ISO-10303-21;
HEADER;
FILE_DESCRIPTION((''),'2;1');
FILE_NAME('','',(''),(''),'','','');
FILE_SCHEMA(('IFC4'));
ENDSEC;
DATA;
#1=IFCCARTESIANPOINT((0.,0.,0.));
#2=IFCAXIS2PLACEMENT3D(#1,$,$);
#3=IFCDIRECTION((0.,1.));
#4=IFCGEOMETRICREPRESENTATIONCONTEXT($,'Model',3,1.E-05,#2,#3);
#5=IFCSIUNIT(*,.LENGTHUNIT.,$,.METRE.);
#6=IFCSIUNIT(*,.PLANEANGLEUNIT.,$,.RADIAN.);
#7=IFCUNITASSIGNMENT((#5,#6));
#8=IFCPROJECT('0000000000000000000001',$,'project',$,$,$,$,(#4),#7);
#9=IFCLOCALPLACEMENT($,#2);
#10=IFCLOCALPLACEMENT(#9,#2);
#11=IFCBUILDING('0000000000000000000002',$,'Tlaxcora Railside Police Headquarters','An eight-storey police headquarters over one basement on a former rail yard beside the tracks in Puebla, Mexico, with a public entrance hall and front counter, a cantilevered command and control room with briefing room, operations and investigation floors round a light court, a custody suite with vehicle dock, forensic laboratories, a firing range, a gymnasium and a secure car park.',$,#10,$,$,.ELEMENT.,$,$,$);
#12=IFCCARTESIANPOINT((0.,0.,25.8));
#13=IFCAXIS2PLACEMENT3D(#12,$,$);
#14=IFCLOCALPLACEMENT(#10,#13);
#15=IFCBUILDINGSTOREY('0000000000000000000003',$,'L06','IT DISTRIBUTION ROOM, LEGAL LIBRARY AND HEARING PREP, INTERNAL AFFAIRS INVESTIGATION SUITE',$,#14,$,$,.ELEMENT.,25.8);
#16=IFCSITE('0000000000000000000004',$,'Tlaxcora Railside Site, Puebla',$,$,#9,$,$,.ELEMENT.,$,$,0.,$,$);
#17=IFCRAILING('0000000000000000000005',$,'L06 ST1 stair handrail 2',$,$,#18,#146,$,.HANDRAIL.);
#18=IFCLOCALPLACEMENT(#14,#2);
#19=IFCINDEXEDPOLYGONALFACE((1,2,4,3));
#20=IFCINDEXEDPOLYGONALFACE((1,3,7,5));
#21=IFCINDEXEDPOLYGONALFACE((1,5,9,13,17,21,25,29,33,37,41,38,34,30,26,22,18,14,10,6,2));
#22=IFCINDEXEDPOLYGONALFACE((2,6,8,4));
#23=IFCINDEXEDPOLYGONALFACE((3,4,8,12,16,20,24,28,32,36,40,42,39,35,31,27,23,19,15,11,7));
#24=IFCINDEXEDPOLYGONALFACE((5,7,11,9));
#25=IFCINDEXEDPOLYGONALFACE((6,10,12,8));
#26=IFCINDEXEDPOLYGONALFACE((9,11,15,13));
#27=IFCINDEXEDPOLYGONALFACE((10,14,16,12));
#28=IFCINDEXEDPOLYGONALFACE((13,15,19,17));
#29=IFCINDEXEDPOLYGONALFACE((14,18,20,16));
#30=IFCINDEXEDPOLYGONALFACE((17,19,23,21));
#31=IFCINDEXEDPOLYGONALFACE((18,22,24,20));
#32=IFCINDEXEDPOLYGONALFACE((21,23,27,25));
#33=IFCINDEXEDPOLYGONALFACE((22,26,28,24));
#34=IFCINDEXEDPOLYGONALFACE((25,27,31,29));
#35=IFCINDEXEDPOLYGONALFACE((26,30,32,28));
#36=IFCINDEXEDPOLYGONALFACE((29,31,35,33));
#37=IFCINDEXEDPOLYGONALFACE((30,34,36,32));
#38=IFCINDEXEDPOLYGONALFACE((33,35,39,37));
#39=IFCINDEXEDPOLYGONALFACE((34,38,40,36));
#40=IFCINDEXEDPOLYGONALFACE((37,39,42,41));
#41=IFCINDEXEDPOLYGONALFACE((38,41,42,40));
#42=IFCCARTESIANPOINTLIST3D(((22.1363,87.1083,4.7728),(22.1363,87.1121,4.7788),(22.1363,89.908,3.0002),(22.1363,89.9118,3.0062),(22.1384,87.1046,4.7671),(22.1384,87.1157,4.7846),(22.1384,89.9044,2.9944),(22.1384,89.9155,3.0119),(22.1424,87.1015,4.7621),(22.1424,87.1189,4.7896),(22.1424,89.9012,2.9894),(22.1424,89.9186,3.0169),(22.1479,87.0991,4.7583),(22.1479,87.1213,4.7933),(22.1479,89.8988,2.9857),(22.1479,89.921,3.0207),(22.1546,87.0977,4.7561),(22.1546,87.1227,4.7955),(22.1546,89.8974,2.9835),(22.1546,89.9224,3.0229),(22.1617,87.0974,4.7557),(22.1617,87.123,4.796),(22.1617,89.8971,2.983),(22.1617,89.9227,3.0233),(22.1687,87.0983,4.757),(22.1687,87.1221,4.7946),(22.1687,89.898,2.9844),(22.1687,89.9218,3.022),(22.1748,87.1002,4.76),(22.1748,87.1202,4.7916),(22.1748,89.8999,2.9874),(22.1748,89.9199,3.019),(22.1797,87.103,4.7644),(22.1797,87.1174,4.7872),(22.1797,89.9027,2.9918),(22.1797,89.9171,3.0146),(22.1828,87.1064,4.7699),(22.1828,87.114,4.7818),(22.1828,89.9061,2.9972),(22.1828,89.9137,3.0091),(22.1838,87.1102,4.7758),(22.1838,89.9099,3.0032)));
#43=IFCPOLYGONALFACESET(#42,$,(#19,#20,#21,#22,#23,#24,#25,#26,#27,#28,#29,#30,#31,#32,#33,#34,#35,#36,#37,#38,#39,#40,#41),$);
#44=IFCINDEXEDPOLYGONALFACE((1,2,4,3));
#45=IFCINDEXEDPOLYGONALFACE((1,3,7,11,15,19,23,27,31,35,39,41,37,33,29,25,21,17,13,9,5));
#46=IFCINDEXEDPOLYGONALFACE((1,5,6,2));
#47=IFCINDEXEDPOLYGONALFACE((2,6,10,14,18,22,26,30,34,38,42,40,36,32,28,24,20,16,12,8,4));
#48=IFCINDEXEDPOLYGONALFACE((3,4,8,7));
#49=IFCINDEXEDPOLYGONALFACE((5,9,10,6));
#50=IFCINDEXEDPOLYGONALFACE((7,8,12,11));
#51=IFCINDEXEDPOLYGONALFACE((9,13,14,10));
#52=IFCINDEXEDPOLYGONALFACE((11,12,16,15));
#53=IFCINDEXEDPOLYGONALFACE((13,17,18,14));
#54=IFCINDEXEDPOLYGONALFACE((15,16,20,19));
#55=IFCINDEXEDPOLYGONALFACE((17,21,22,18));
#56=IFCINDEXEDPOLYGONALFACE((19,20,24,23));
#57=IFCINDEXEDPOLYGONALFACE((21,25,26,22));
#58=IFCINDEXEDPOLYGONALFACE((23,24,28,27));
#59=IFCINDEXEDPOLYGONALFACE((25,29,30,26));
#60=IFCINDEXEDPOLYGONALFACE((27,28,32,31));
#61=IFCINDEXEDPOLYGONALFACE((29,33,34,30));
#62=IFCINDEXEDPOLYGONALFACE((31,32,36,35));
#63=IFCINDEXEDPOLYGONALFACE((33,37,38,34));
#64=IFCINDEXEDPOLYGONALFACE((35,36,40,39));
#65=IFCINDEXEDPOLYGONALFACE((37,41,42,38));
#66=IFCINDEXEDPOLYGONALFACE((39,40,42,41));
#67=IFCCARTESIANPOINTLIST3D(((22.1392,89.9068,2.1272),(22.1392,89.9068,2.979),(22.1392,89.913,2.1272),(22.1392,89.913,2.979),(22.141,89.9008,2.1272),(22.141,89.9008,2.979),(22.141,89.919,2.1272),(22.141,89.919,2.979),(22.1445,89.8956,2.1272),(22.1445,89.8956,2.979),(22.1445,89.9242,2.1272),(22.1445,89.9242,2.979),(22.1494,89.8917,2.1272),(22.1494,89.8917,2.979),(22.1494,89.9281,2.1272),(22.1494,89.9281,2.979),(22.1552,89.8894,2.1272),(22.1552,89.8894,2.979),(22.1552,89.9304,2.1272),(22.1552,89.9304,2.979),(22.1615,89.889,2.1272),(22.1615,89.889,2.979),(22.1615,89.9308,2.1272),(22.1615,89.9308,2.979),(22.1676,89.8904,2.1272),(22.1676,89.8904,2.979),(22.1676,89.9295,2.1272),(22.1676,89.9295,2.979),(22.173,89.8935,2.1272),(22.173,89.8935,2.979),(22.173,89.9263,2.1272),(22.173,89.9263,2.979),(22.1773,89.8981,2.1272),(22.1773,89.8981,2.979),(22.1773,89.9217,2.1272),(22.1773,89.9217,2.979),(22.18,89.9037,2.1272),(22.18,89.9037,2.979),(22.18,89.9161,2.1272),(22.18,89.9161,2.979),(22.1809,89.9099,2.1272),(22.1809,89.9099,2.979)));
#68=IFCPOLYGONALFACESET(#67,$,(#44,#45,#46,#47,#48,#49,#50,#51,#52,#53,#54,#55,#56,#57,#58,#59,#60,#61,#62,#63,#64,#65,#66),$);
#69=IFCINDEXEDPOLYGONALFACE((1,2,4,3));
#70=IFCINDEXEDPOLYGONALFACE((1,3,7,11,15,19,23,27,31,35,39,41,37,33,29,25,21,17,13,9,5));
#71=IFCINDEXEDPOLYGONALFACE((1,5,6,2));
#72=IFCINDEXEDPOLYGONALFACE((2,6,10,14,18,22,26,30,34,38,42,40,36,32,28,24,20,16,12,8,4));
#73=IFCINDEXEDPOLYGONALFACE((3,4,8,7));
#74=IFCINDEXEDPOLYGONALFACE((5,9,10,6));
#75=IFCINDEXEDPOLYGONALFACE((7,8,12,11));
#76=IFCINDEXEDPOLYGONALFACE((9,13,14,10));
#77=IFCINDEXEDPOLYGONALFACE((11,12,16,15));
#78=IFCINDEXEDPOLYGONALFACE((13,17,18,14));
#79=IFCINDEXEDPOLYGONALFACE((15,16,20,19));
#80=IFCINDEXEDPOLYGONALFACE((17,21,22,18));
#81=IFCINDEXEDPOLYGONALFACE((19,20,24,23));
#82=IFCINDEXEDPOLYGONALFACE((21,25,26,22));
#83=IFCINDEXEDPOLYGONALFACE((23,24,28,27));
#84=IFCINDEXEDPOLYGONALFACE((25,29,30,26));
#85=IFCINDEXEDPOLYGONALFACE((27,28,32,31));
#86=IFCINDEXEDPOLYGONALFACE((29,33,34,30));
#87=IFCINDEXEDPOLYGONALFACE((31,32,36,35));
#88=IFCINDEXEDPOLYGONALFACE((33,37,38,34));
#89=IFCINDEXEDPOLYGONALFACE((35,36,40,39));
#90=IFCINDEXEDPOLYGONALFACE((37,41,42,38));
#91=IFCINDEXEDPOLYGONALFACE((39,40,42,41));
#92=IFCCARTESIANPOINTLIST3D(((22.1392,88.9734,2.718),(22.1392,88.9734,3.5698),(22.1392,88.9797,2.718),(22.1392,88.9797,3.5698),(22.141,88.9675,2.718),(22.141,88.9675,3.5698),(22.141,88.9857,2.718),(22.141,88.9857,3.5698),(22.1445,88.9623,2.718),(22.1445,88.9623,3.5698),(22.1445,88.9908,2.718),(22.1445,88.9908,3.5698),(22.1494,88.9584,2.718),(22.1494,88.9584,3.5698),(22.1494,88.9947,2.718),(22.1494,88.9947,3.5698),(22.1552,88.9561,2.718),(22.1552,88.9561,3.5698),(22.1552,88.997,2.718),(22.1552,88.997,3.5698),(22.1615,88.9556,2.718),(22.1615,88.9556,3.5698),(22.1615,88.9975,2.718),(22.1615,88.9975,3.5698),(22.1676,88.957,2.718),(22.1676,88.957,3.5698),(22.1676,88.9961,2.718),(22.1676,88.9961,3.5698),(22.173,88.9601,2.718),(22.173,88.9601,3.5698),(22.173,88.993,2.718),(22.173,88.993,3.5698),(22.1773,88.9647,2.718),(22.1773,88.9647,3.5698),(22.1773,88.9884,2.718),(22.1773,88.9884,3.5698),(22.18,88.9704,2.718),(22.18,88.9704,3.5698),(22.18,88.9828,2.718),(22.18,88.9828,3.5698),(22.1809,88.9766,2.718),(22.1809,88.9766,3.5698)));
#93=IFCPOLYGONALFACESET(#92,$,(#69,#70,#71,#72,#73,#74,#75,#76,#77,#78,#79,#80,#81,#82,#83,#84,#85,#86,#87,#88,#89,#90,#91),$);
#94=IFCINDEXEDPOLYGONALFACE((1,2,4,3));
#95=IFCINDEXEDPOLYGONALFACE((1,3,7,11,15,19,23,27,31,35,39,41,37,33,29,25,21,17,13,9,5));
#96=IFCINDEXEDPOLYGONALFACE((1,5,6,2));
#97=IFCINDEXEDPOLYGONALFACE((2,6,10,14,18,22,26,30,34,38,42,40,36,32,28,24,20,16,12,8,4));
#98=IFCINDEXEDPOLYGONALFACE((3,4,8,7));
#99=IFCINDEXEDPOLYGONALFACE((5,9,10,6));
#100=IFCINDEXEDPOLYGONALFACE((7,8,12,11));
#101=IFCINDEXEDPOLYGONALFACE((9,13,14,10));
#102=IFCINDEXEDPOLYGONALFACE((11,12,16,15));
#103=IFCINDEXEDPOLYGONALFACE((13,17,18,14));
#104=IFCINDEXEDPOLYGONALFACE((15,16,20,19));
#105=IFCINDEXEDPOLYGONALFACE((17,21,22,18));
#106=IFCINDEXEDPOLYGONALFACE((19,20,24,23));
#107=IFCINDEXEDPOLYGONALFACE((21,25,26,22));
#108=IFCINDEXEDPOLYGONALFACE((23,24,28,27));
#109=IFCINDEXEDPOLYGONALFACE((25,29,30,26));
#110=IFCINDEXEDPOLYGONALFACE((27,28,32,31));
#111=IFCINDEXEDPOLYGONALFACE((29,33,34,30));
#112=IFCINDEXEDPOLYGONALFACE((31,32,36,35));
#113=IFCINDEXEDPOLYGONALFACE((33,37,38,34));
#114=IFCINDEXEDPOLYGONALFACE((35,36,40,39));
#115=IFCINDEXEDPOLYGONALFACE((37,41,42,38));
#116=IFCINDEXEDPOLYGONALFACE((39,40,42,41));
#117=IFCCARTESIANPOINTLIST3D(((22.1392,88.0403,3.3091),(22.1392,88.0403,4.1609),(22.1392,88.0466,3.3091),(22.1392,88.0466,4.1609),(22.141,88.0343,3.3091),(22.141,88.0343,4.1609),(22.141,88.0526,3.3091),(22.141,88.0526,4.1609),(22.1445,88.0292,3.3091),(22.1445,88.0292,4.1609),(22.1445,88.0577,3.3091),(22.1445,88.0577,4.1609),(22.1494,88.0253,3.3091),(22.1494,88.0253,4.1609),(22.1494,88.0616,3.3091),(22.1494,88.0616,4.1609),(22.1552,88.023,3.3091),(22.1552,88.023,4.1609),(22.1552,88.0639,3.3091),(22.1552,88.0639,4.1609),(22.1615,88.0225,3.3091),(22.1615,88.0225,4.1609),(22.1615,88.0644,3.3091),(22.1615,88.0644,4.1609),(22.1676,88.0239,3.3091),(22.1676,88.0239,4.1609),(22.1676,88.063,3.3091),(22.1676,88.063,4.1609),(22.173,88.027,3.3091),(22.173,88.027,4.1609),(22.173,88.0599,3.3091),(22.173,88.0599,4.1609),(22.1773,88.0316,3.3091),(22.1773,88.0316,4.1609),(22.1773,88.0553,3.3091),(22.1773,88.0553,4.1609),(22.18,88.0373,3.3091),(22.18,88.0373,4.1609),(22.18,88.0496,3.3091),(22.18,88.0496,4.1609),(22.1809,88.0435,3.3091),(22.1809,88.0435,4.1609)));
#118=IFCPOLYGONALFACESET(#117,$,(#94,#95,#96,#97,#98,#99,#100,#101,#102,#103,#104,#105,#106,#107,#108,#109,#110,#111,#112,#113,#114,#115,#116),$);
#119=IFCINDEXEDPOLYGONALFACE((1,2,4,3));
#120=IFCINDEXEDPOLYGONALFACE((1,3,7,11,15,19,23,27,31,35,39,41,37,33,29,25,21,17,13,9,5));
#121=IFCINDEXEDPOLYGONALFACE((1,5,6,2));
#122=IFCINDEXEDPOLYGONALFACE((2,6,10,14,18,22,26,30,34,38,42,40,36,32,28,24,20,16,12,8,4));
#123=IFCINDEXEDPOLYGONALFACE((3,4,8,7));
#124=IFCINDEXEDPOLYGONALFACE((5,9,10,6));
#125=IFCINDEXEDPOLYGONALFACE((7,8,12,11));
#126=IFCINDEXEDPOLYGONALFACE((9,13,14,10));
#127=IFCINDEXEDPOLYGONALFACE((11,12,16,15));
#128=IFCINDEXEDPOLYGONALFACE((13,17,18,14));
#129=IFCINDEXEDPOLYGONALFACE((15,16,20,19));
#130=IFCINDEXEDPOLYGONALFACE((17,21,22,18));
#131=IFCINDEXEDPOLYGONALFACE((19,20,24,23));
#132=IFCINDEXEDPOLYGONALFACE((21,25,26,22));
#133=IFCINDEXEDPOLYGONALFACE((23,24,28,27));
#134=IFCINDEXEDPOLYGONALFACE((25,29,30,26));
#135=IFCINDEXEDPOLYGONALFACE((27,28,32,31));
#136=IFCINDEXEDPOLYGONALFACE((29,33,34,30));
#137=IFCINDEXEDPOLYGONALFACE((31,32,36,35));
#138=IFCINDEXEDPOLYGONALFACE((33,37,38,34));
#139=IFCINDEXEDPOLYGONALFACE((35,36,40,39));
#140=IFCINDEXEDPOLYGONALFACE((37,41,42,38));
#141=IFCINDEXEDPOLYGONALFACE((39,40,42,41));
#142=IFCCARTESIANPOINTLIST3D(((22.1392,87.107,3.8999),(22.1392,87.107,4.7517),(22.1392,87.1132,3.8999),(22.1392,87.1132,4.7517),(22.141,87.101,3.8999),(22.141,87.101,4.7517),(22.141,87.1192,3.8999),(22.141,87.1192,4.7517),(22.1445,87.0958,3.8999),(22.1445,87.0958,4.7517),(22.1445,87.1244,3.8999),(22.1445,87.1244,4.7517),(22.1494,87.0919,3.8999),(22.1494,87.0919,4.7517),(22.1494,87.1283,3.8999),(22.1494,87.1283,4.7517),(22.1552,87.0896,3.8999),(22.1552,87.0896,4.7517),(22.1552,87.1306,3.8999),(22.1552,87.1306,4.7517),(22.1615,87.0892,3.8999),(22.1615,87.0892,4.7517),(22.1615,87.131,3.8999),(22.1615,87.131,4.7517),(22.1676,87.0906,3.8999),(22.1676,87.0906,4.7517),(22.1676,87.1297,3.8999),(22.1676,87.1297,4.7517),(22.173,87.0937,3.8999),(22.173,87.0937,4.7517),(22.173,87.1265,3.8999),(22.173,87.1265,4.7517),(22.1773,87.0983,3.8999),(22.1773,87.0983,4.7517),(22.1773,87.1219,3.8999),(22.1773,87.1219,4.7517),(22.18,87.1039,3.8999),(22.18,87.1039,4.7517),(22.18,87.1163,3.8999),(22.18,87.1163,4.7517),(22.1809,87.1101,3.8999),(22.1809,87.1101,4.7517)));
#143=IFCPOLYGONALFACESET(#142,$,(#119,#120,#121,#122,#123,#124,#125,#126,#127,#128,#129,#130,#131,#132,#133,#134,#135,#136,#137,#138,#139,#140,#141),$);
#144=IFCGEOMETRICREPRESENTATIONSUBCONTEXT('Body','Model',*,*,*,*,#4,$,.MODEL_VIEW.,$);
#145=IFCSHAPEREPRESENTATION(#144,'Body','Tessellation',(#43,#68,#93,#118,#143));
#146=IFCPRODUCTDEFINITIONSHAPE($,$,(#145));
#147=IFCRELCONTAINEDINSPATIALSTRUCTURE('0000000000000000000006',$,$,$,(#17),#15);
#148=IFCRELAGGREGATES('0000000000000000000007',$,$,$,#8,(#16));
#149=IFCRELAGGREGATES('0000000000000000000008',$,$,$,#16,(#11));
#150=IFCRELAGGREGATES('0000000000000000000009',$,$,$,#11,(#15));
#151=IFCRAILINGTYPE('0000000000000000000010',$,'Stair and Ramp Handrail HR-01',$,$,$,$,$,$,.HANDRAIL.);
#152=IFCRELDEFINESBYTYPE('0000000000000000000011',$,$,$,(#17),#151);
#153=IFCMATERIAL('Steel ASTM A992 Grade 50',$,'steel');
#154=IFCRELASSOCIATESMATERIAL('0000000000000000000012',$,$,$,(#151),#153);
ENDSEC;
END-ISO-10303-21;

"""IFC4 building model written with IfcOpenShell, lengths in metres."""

from ifc_helpers import new_model, si_unit, direction, frame, origin, origin_2d, place, context, subcontext, project, spatial, circle, extrude, material, type_object, element, save


model = new_model("IFC4")

# Units and contexts
model_context = context("Model", 3, precision=1e-05, world=origin(), true_north=direction((0.0, 1.0)))
body_context = subcontext(model_context, "Body", "Model", "MODEL_VIEW")
ifc_project = project(units=[si_unit("LENGTHUNIT", "METRE"), si_unit("PLANEANGLEUNIT", "RADIAN")], contexts=[model_context])

# Site, building, storey
site_placement = place(None, origin())
site = spatial("IfcSite", under=ifc_project, at=site_placement, Name="Tlaxcora Railside Site, Puebla", CompositionType="ELEMENT", RefElevation=0.0)
building_placement = place(site_placement, origin())
building = spatial("IfcBuilding", under=site, at=building_placement, Name="Tlaxcora Railside Police Headquarters", Description="An eight-storey police headquarters over one basement on a former rail yard beside the tracks in Puebla, Mexico, with a public entrance hall and front counter, a cantilevered command and control room with briefing room, operations and investigation floors round a light court, a custody suite with vehicle dock, forensic laboratories, a firing range, a gymnasium and a secure car park.", CompositionType="ELEMENT")
storey_placement = place(building_placement, frame((0.0, 0.0, 25.8)))
storey = spatial("IfcBuildingStorey", under=building, at=storey_placement, Name="L06", Description="IT DISTRIBUTION ROOM, LEGAL LIBRARY AND HEARING PREP, INTERNAL AFFAIRS INVESTIGATION SUITE", CompositionType="ELEMENT", Elevation=25.8)

# Shared definitions
ifc_material_1 = material(Name="Steel ASTM A992 Grade 50", Category="steel")

# Railing
railing_type_1 = type_object("IfcRailingType", Name="Stair and Ramp Handrail HR-01", PredefinedType="HANDRAIL", material=ifc_material_1)
railing_1_placement = place(storey_placement, frame((22.1599, 89.9099, 2.1272)))
element("IfcRailing", 1, at=railing_1_placement, inside=storey, type_object=railing_type_1, Name="L06 ST1 stair handrail 2", PredefinedType="HANDRAIL", context=body_context, shape_type="SweptSolid", body=[
    extrude(circle(Radius=0.0239, at=origin_2d()), frame((0.0, 0.0, 0.876), z_axis=(0.0, -0.844888, 0.534943), x_axis=(1.0, 0.0, 0.0)), (0.0, 0.0, 1.0), 3.3137),
    extrude(circle(Radius=0.021, at=origin_2d()), origin(), (0.0, 0.0, 1.0), 0.8518),
    extrude(circle(Radius=0.021, at=origin_2d()), frame((0.0, -0.9333, 0.5908)), (0.0, 0.0, 1.0), 0.8518),
    extrude(circle(Radius=0.021, at=origin_2d()), frame((0.0, -1.8665, 1.1819)), (0.0, 0.0, 1.0), 0.8518),
    extrude(circle(Radius=0.021, at=origin_2d()), frame((0.0, -2.7998, 1.7727)), (0.0, 0.0, 1.0), 0.8518),
])

save(model, "model.ifc")
